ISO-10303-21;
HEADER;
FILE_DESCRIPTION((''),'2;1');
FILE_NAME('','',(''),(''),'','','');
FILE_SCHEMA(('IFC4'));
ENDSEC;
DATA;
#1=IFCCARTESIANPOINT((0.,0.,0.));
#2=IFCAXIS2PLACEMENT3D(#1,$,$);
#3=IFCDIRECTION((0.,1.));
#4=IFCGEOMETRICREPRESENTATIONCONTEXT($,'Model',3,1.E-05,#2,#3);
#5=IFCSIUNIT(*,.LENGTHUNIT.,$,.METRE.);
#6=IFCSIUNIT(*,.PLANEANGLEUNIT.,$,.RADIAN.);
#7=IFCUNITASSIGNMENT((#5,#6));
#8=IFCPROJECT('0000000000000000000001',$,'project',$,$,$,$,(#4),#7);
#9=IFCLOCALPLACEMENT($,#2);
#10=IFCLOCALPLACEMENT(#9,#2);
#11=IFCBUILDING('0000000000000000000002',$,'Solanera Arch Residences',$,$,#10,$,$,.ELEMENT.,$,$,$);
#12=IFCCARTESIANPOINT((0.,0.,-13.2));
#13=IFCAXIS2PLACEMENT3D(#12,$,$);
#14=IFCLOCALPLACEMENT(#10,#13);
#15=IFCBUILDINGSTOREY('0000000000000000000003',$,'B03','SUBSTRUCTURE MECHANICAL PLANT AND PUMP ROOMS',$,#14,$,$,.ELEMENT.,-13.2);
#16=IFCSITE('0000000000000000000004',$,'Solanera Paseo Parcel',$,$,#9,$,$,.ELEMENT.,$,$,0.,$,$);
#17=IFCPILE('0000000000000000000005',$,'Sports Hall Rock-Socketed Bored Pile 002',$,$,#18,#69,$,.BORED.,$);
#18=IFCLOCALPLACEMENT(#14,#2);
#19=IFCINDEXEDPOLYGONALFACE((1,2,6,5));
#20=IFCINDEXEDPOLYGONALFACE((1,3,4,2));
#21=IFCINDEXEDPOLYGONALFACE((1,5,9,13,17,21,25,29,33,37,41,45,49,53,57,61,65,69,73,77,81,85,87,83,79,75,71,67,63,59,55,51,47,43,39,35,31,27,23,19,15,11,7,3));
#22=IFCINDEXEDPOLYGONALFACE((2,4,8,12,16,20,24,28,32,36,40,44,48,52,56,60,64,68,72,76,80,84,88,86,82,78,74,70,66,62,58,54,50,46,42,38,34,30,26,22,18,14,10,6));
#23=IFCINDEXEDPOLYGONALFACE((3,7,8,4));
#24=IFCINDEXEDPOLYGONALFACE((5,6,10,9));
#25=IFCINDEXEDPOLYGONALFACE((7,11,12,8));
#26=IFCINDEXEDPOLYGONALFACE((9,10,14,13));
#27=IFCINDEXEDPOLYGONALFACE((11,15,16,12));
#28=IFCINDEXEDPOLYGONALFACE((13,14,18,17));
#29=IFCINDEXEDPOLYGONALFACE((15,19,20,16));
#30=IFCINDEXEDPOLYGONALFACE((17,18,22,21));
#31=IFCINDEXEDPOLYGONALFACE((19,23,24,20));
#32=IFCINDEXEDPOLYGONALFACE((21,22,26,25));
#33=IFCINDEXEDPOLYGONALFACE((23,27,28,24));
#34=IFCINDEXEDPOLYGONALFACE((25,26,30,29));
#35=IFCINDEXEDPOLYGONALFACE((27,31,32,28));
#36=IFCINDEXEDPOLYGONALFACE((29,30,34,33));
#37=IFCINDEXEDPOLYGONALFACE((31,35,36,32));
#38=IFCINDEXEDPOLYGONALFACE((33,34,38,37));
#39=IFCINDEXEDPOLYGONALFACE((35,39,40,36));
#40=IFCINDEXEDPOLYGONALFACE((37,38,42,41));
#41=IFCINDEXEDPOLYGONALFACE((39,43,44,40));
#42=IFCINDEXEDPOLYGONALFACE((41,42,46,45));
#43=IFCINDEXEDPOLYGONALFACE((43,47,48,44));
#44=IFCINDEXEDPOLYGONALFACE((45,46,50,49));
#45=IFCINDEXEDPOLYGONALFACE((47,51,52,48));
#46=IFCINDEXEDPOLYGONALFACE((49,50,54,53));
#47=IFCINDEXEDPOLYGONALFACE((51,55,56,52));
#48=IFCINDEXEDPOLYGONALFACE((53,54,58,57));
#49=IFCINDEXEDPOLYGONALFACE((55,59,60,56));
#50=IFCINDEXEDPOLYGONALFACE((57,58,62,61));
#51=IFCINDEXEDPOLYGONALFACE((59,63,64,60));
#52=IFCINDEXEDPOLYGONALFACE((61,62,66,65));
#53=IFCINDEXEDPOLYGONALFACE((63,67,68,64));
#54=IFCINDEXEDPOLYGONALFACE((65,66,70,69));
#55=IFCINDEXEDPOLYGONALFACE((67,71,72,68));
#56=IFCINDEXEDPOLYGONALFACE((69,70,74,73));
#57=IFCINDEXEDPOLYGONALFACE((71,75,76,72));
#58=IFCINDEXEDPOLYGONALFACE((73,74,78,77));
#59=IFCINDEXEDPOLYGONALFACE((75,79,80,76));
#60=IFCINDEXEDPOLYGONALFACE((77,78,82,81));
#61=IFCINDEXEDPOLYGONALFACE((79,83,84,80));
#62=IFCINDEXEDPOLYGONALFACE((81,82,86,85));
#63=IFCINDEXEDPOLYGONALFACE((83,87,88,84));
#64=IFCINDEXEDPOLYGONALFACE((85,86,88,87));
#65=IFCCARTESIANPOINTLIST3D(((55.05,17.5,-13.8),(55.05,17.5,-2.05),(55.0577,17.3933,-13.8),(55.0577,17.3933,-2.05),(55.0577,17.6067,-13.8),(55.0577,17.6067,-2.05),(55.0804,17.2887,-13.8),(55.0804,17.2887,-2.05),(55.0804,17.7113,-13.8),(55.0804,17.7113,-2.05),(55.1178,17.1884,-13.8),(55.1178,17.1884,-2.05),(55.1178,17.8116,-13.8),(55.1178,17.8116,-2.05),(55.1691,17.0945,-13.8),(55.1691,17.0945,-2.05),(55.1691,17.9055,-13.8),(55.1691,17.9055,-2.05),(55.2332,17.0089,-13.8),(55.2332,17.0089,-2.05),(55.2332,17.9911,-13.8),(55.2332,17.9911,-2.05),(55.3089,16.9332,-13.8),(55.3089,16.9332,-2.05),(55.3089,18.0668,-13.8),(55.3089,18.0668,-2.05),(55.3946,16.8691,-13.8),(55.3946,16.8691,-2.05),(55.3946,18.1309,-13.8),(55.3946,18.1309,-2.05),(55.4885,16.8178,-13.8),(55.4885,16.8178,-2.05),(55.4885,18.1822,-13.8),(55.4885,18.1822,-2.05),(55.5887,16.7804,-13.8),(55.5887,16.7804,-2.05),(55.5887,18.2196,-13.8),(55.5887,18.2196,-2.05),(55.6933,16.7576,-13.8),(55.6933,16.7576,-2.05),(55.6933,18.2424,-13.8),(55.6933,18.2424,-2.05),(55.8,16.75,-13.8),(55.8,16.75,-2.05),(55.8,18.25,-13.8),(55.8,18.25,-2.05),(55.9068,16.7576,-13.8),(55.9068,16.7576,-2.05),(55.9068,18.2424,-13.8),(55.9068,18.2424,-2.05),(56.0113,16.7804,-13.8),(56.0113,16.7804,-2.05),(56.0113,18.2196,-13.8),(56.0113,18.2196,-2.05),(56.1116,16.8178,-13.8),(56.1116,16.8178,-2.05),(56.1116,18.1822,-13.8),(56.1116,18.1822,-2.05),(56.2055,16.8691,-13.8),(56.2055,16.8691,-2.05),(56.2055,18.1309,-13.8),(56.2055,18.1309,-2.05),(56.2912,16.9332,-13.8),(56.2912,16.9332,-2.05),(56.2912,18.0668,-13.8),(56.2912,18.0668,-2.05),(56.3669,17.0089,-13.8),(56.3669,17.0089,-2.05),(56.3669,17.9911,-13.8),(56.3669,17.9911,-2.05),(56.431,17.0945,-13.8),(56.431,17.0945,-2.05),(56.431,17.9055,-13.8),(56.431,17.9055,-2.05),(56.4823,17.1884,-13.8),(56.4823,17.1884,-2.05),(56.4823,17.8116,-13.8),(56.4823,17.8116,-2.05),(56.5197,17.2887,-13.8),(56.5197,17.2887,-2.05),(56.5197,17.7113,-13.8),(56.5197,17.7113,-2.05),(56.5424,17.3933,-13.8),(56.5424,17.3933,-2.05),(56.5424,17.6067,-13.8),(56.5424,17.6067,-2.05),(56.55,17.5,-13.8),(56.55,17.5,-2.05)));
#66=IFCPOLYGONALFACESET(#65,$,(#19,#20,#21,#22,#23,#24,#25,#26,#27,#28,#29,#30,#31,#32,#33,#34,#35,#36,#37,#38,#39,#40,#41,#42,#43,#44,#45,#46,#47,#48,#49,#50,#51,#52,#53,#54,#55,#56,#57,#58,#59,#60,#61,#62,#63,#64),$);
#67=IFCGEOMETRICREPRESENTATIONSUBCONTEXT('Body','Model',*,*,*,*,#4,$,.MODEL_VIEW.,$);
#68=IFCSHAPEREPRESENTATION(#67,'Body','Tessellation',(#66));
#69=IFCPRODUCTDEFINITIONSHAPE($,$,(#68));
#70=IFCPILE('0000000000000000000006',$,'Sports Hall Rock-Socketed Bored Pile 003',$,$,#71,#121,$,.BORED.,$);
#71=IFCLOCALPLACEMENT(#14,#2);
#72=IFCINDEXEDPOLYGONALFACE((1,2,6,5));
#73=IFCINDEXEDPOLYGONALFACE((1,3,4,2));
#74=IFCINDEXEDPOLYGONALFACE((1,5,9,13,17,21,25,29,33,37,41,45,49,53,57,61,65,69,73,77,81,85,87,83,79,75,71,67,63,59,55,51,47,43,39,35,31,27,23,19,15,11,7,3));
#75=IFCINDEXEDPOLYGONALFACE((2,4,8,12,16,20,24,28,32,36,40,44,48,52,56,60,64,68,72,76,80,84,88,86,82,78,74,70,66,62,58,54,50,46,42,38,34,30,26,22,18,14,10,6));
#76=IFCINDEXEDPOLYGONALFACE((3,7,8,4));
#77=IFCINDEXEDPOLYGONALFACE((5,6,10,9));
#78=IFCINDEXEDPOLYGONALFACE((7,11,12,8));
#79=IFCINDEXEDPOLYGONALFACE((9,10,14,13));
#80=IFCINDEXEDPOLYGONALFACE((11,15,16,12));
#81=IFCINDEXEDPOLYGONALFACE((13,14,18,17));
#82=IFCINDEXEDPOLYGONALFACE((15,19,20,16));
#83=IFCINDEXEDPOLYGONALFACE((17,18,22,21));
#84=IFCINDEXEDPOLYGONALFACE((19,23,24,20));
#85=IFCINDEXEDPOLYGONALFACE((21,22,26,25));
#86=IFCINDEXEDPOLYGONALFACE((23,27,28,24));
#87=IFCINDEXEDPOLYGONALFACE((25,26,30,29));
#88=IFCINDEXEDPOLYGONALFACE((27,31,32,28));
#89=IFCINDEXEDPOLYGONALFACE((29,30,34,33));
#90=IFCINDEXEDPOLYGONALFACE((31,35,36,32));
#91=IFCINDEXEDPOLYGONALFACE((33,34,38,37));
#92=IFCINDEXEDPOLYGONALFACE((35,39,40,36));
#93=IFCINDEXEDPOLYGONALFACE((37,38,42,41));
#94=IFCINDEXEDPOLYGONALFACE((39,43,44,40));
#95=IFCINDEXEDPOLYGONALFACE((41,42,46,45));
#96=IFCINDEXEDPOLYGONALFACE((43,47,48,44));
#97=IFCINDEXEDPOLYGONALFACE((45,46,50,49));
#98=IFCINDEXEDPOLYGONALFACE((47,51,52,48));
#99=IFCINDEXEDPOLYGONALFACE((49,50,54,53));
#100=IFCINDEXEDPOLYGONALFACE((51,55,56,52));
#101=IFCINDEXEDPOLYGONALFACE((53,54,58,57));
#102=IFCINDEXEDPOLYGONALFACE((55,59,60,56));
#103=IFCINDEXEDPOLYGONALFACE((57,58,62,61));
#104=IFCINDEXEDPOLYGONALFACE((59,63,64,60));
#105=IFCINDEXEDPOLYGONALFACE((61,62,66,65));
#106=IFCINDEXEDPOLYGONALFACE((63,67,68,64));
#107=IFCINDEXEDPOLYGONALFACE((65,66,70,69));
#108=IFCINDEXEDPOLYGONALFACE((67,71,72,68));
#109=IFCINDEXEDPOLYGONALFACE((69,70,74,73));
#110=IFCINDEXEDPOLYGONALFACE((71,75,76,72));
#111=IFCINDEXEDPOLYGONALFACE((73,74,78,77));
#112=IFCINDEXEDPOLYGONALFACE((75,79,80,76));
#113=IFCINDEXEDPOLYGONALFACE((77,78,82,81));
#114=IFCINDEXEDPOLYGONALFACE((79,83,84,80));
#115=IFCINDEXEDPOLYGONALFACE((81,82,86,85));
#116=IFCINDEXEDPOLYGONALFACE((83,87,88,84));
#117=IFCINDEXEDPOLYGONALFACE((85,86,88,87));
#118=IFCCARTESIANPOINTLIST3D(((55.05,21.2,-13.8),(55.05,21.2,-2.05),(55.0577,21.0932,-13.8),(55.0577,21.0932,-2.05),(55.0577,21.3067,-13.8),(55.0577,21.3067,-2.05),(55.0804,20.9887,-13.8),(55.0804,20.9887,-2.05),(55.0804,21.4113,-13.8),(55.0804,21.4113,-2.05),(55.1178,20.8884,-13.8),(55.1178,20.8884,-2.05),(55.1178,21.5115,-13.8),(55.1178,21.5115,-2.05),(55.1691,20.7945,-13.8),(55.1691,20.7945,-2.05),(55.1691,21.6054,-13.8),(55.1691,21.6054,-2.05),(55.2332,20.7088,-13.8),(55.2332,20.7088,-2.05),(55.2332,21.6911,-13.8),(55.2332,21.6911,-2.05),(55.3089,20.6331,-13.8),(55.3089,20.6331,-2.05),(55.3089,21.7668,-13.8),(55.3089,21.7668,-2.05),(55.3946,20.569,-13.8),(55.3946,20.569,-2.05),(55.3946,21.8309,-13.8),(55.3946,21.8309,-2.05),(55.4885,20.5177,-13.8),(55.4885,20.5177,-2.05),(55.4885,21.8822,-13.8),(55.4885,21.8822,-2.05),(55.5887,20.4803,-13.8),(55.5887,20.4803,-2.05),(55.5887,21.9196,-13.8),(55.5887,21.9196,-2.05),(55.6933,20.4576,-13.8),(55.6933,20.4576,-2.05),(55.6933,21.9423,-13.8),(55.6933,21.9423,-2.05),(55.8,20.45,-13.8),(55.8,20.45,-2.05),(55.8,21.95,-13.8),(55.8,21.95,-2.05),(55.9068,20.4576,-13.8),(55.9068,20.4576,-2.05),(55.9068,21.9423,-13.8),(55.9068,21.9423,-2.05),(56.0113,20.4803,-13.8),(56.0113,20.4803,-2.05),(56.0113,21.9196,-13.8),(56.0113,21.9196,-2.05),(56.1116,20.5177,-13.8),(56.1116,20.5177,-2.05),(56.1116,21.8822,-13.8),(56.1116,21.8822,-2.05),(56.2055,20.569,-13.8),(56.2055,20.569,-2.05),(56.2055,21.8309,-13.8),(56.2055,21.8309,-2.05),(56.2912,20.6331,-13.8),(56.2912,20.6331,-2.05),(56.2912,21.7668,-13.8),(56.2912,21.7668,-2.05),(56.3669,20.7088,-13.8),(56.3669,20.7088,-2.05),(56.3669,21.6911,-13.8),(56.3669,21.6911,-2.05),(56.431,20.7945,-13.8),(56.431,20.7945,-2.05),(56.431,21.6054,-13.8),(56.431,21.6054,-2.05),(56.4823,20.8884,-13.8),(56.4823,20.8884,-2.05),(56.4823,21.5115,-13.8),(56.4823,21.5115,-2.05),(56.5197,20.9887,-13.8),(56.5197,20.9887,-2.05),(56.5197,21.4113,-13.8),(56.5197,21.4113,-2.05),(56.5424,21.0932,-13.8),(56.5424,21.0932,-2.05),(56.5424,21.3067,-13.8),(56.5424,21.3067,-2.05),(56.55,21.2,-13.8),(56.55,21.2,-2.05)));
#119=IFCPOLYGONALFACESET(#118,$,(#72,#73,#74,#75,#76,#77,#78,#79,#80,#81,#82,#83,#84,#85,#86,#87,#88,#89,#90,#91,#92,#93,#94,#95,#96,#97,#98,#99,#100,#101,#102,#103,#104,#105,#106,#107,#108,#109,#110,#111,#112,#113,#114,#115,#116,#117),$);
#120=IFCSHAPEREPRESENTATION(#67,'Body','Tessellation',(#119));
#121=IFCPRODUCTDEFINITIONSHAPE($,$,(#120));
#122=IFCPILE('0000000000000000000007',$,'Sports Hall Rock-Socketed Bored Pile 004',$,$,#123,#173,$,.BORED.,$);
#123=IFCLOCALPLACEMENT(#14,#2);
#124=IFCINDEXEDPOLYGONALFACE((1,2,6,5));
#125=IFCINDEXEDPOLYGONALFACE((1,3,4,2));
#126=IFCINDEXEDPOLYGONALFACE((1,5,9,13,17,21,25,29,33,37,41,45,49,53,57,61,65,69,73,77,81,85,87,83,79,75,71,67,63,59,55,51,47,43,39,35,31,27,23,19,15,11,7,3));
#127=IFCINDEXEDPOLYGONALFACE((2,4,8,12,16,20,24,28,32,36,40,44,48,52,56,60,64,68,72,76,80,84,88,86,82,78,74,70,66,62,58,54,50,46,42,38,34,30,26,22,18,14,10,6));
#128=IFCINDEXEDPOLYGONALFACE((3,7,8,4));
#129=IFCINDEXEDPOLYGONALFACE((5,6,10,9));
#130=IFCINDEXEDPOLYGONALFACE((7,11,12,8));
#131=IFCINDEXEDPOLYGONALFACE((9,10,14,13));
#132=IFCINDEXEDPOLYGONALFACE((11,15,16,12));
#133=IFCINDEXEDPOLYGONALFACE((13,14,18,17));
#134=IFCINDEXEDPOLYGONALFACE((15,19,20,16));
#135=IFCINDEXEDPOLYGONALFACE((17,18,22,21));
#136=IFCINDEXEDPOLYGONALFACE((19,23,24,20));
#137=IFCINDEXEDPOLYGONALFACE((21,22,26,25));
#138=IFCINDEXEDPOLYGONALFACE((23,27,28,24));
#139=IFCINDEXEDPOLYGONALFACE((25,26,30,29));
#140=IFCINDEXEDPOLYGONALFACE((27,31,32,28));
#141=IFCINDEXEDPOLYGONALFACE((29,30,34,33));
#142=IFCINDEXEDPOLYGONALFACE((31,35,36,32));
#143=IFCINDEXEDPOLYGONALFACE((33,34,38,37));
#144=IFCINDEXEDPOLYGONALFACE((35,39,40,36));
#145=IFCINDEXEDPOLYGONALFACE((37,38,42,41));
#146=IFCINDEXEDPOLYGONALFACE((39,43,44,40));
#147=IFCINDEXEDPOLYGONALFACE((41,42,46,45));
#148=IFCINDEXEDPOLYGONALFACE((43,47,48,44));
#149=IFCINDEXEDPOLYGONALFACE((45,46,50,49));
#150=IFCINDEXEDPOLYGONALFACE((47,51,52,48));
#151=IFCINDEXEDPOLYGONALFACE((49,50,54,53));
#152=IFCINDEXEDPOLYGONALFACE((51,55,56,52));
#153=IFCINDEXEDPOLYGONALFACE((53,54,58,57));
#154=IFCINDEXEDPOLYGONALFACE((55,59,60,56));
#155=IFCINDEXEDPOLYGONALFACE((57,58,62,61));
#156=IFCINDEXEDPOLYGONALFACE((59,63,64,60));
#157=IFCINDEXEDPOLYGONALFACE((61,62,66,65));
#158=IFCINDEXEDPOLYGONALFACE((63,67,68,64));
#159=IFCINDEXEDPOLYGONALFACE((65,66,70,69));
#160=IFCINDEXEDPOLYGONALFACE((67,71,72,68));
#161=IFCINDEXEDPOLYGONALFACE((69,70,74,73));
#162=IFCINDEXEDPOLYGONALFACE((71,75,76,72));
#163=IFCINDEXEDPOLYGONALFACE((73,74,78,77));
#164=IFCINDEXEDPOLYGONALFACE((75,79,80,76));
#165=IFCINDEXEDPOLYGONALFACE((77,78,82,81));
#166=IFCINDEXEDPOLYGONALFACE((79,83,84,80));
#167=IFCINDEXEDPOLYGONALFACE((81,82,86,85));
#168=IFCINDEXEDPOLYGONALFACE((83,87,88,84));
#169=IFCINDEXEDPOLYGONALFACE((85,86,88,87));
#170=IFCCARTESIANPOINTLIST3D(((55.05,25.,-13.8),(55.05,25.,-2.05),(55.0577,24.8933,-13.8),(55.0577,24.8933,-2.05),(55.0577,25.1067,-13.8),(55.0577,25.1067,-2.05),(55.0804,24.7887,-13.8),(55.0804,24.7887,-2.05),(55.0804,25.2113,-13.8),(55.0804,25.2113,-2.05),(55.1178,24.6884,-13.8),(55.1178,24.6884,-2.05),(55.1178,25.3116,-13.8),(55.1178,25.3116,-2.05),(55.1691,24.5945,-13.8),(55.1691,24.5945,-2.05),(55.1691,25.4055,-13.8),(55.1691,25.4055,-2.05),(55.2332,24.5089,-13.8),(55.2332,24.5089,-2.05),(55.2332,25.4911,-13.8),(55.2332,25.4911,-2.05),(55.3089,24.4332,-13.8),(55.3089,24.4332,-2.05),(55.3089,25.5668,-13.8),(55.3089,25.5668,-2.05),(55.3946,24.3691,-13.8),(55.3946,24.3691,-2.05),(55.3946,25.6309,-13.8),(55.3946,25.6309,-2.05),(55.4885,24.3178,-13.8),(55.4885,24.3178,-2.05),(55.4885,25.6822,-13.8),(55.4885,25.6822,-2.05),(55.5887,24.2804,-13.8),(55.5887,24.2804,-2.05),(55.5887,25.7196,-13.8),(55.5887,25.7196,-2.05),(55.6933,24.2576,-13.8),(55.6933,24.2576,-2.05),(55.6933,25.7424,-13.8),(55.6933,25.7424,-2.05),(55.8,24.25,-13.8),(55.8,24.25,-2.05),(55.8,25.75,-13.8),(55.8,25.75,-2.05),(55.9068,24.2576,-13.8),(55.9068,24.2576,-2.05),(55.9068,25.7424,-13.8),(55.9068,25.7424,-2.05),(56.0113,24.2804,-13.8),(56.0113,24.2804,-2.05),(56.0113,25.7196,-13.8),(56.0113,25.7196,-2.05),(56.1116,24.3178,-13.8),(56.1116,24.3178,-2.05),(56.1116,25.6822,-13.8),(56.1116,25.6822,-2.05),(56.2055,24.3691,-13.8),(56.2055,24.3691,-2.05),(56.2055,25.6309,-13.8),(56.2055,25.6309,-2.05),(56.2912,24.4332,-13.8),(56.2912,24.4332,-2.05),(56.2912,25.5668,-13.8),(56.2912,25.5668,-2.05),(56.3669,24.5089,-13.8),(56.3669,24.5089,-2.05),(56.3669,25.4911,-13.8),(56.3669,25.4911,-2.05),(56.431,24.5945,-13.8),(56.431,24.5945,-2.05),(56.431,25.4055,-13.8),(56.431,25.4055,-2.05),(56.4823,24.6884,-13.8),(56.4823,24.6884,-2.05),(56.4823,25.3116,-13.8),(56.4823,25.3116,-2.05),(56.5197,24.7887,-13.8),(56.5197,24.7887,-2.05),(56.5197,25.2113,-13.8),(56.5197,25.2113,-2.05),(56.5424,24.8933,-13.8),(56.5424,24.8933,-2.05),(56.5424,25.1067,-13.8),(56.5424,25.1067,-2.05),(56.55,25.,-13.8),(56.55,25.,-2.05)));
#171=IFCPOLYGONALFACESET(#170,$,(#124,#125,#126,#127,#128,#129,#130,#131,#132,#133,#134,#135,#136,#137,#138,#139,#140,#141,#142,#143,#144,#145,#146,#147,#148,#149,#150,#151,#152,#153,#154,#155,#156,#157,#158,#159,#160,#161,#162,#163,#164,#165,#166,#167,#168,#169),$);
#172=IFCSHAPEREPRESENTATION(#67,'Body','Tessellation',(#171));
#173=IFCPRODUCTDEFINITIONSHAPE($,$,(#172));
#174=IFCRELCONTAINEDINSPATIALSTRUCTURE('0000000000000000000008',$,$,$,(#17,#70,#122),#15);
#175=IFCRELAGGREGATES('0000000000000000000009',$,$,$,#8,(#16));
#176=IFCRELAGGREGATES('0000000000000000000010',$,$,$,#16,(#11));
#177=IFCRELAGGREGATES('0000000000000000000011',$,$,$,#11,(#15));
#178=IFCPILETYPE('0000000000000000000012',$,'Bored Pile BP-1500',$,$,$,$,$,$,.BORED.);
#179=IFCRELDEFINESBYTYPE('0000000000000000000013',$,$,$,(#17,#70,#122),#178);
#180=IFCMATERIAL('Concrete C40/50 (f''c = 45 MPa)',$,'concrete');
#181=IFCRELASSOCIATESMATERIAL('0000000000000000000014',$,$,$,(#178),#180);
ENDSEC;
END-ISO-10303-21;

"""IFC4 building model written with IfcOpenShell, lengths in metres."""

from ifc_helpers import new_model, si_unit, direction, frame, origin, origin_2d, place, context, subcontext, project, spatial, circle, extrude, material, material_profile, profile_set, type_object, element, save


model = new_model("IFC4")

# Units and contexts
model_context = context("Model", 3, precision=1e-05, world=origin(), true_north=direction((0.0, 1.0)))
body_context = subcontext(model_context, "Body", "Model", "MODEL_VIEW")
ifc_project = project(units=[si_unit("LENGTHUNIT", "METRE"), si_unit("PLANEANGLEUNIT", "RADIAN")], contexts=[model_context])

# Site, building, storey
site_placement = place(None, origin())
site = spatial("IfcSite", under=ifc_project, at=site_placement, Name="Solanera Paseo Parcel", CompositionType="ELEMENT", RefElevation=0.0)
building_placement = place(site_placement, origin())
building = spatial("IfcBuilding", under=site, at=building_placement, Name="Solanera Arch Residences", CompositionType="ELEMENT")
storey_placement = place(building_placement, frame((0.0, 0.0, -13.2)))
storey = spatial("IfcBuildingStorey", under=building, at=storey_placement, Name="B03", Description="SUBSTRUCTURE MECHANICAL PLANT AND PUMP ROOMS", CompositionType="ELEMENT", Elevation=-13.2)

# Piles
ifc_material_1 = material(Name="Concrete C40/50 (f'c = 45 MPa)", Category="concrete")
ifc_material_profile_1 = material_profile(ifc_material_1, circle(Radius=0.75, at=origin_2d()))
ifc_profile_set_1 = profile_set([ifc_material_profile_1], Name="Concrete C40/50 (f'c = 45 MPa)")
pile_type = type_object("IfcPileType", Name="Bored Pile BP-1500", PredefinedType="BORED", material=ifc_profile_set_1)
for number, where, z_axis, x_axis, name in (
    (1, (55.8, 17.5, -2.05), (0.0, 0.0, -1.0), (1.0, 0.0, 0.0), "Sports Hall Rock-Socketed Bored Pile 002"),
    (2, (55.8, 21.2, -2.05), (0.0, 0.0, -1.0), (1.0, 0.0, 0.0), "Sports Hall Rock-Socketed Bored Pile 003"),
    (3, (55.8, 25.0, -2.05), (0.0, 0.0, -1.0), (1.0, 0.0, 0.0), "Sports Hall Rock-Socketed Bored Pile 004"),
):
    element("IfcPile", number, at=place(storey_placement, frame(where, z_axis=z_axis, x_axis=x_axis)), inside=storey, type_object=pile_type, Name=name, PredefinedType="BORED", context=body_context, shape_type="SweptSolid", body=[
        extrude(circle(Radius=0.75, at=origin_2d()), origin(), (0.0, 0.0, 1.0), 11.75),
    ])

save(model, "model.ifc")
